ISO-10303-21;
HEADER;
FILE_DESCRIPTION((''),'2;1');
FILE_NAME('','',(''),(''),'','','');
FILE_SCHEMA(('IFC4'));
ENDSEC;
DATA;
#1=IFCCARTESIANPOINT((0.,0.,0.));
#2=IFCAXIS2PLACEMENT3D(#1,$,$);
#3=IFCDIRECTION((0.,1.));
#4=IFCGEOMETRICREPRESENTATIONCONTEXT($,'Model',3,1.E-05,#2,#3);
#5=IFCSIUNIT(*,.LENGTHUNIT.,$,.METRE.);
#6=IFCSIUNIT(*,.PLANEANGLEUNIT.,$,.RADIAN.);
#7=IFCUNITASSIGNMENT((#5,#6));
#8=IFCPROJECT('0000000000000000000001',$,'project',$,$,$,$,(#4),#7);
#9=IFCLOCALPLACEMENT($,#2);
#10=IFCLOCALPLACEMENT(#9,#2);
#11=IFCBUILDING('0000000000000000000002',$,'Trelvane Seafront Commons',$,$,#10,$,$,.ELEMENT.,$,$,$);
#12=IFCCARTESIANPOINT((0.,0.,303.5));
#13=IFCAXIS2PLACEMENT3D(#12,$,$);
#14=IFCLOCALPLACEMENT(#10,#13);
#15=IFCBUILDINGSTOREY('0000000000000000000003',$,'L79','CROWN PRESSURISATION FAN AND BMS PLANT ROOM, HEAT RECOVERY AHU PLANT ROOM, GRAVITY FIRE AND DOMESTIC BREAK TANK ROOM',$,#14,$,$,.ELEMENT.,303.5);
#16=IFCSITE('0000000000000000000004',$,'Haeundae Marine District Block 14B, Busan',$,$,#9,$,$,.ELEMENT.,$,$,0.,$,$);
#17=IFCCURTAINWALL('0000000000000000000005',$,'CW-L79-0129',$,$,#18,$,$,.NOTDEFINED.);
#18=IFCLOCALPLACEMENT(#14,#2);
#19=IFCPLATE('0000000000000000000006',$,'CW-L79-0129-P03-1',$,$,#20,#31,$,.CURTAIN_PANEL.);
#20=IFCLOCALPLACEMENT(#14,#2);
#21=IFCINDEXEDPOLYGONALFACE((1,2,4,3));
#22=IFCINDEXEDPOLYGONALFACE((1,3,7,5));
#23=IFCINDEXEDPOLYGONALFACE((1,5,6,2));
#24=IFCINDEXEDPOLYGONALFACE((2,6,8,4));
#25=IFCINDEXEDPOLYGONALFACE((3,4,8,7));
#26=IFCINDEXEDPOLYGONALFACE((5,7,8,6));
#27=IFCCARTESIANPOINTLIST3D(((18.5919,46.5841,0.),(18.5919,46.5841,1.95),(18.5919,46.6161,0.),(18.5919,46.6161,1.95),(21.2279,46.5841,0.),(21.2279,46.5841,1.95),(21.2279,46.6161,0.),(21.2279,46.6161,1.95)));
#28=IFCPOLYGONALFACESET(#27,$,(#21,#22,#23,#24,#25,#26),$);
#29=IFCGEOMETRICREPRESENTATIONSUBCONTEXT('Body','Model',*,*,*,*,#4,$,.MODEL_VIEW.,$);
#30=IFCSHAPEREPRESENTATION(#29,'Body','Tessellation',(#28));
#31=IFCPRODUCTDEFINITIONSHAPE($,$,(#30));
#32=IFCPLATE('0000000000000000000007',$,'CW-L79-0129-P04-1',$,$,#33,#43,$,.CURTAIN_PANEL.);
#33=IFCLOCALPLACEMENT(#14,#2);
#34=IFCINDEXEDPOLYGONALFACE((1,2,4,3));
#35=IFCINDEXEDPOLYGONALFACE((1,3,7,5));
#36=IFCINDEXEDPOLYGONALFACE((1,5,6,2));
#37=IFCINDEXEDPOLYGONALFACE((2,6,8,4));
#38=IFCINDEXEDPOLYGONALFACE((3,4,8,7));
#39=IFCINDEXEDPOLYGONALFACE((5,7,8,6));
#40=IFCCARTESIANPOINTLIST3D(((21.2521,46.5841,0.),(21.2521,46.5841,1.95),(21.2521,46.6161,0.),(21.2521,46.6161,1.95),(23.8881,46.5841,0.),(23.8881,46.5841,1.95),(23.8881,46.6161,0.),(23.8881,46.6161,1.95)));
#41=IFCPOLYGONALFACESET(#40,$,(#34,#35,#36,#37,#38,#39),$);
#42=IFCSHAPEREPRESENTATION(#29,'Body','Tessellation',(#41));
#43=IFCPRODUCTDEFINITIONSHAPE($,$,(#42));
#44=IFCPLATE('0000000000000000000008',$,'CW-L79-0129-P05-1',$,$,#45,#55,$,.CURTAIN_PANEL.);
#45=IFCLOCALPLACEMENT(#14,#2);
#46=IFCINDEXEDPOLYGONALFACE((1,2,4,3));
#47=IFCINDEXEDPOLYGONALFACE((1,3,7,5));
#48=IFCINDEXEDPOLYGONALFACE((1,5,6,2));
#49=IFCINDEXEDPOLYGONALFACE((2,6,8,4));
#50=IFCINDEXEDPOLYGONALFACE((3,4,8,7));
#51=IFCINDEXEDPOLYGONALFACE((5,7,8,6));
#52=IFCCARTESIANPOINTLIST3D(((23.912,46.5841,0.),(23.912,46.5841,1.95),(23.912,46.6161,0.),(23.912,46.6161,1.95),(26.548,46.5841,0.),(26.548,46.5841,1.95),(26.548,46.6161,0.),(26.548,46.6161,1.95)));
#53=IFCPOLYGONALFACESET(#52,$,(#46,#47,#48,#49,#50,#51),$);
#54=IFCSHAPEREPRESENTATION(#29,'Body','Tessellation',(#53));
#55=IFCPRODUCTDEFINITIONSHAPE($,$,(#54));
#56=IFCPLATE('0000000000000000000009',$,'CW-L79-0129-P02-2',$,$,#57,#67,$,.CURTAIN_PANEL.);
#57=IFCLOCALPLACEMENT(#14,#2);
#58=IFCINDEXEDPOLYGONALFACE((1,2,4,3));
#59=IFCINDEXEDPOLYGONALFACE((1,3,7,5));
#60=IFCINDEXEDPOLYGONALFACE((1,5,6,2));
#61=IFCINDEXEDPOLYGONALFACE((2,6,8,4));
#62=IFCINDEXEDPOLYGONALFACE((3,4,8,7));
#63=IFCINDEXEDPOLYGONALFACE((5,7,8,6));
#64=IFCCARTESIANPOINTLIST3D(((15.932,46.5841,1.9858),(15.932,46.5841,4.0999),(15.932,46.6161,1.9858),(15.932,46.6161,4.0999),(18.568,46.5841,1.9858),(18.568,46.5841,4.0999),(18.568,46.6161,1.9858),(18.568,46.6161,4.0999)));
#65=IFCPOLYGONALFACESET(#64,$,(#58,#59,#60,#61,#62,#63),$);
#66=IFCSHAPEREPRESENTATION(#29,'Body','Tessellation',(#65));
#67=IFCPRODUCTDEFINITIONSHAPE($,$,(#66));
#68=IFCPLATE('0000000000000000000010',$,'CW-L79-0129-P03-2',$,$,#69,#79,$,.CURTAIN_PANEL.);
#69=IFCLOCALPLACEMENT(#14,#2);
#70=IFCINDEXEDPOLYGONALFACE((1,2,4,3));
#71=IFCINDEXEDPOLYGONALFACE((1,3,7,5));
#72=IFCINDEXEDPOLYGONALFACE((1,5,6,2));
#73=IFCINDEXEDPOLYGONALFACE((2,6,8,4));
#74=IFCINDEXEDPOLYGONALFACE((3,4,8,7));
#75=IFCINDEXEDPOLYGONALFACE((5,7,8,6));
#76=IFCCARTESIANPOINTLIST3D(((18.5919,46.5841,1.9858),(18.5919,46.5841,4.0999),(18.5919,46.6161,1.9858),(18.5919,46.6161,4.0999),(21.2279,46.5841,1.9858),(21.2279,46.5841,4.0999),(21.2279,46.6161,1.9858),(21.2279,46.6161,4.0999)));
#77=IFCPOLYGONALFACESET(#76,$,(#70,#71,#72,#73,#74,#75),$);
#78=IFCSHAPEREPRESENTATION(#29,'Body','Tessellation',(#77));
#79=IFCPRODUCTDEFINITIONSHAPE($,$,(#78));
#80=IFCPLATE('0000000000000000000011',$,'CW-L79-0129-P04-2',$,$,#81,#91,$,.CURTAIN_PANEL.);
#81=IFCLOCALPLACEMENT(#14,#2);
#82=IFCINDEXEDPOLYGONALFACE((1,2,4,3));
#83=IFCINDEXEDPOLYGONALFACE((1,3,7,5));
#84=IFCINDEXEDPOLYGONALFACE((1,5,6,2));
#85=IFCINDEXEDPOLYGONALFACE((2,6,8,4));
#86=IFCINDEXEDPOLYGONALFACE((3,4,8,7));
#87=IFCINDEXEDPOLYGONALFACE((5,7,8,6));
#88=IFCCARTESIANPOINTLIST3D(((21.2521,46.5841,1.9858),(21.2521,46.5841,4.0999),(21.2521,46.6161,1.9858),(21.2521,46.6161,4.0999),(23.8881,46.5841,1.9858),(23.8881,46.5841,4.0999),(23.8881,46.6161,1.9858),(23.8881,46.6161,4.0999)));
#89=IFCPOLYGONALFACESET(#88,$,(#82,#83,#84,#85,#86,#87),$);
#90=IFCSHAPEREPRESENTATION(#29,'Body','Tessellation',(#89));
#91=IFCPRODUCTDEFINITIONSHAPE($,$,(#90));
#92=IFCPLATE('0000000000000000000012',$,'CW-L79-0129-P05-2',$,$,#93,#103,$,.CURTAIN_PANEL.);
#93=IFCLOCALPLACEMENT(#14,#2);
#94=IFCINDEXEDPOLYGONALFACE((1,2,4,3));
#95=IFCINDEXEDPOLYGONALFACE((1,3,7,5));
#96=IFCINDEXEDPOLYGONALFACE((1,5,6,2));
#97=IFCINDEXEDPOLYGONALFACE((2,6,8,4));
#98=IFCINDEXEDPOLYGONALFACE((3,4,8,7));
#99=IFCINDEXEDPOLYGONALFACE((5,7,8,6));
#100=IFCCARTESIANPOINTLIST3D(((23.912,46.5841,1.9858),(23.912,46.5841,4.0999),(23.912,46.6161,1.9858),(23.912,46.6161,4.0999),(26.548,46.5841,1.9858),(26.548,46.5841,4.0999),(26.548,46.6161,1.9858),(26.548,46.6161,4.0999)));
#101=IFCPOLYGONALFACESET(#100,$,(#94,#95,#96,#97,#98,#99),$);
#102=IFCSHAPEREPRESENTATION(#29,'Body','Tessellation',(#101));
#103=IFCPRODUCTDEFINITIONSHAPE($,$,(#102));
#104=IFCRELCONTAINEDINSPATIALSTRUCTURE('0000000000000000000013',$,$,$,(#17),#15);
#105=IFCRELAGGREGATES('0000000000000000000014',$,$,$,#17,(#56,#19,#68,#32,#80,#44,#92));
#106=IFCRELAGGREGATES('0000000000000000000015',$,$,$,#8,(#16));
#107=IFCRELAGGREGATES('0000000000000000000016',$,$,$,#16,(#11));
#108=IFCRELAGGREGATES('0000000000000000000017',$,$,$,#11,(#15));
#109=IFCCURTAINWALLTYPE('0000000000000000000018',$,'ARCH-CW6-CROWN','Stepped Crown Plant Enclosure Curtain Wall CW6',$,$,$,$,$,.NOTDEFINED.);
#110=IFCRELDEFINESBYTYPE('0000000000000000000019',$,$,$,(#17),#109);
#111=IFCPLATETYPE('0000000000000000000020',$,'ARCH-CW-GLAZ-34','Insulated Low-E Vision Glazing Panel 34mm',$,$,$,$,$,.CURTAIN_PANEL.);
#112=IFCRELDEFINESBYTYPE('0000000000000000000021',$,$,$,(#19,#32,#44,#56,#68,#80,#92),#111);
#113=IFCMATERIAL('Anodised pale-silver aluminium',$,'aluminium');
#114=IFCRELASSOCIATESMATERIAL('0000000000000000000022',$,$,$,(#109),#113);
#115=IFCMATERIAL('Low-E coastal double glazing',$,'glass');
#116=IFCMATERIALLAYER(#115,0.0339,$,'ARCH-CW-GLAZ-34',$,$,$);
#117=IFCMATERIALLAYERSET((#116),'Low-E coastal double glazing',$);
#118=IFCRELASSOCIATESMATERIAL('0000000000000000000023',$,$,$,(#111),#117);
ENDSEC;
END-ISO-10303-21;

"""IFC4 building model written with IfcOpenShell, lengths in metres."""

from ifc_helpers import new_model, si_unit, direction, frame, origin, origin_2d, place, context, subcontext, project, spatial, rectangle, extrude, source, transform, mapped, material, layer, layer_set, type_object, element, aggregate, save


model = new_model("IFC4")

# Units and contexts
model_context = context("Model", 3, precision=1e-05, world=origin(), true_north=direction((0.0, 1.0)))
body_context = subcontext(model_context, "Body", "Model", "MODEL_VIEW")
ifc_project = project(units=[si_unit("LENGTHUNIT", "METRE"), si_unit("PLANEANGLEUNIT", "RADIAN")], contexts=[model_context])

# Site, building, storey
site_placement = place(None, origin())
site = spatial("IfcSite", under=ifc_project, at=site_placement, Name="Haeundae Marine District Block 14B, Busan", CompositionType="ELEMENT", RefElevation=0.0)
building_placement = place(site_placement, origin())
building = spatial("IfcBuilding", under=site, at=building_placement, Name="Trelvane Seafront Commons", CompositionType="ELEMENT")
storey_placement = place(building_placement, frame((0.0, 0.0, 303.5)))
storey = spatial("IfcBuildingStorey", under=building, at=storey_placement, Name="L79", Description="CROWN PRESSURISATION FAN AND BMS PLANT ROOM, HEAT RECOVERY AHU PLANT ROOM, GRAVITY FIRE AND DOMESTIC BREAK TANK ROOM", CompositionType="ELEMENT", Elevation=303.5)

# Curtain wall, plates
ifc_material_1 = material(Name="Anodised pale-silver aluminium", Category="aluminium")
curtain_wall_type = type_object("IfcCurtainWallType", Name="ARCH-CW6-CROWN", Description="Stepped Crown Plant Enclosure Curtain Wall CW6", PredefinedType="NOTDEFINED", material=ifc_material_1)
curtain_wall_placement = place(storey_placement, origin())
curtain_wall = element("IfcCurtainWall", 1, at=curtain_wall_placement, inside=storey, type_object=curtain_wall_type, Name="CW-L79-0129", PredefinedType="NOTDEFINED")
ifc_material_2 = material(Name="Low-E coastal double glazing", Category="glass")
ifc_layer = layer(ifc_material_2, 0.0339, Name="ARCH-CW-GLAZ-34")
ifc_layer_set = layer_set([ifc_layer], Name="Low-E coastal double glazing")
plate_type = type_object("IfcPlateType", Name="ARCH-CW-GLAZ-34", Description="Insulated Low-E Vision Glazing Panel 34mm", PredefinedType="CURTAIN_PANEL", material=ifc_layer_set)
shared_shape_1 = source(origin(), body_context, "Body", "SweptSolid", [
    extrude(rectangle(XDim=2.636, YDim=0.032, at=origin_2d()), origin(), (0.0, 0.0, 1.0), 1.95),
])
plate_1_placement = place(storey_placement, frame((19.9099, 46.6001, 0.0), z_axis=(0.0, 0.0, 1.0), x_axis=(1.0, 0.0, 0.0)))
plate_1 = element("IfcPlate", 2, at=plate_1_placement, type_object=plate_type, Name="CW-L79-0129-P03-1", PredefinedType="CURTAIN_PANEL", context=body_context, shape_type="MappedRepresentation", body=[
    mapped(shared_shape_1, transform((0.0, 0.0, 0.0), x_axis=(1.0, 0.0, 0.0), y_axis=(0.0, 1.0, 0.0), z_axis=(0.0, 0.0, 1.0), scale=1.0)),
])
plate_2_placement = place(storey_placement, frame((22.5701, 46.6001, 0.0), z_axis=(0.0, 0.0, 1.0), x_axis=(1.0, 0.0, 0.0)))
plate_2 = element("IfcPlate", 3, at=plate_2_placement, type_object=plate_type, Name="CW-L79-0129-P04-1", PredefinedType="CURTAIN_PANEL", context=body_context, shape_type="MappedRepresentation", body=[
    mapped(shared_shape_1, transform((0.0, 0.0, 0.0), x_axis=(1.0, 0.0, 0.0), y_axis=(0.0, 1.0, 0.0), z_axis=(0.0, 0.0, 1.0), scale=1.0)),
])
plate_3_placement = place(storey_placement, frame((25.23, 46.6001, 0.0), z_axis=(0.0, 0.0, 1.0), x_axis=(1.0, 0.0, 0.0)))
plate_3 = element("IfcPlate", 4, at=plate_3_placement, type_object=plate_type, Name="CW-L79-0129-P05-1", PredefinedType="CURTAIN_PANEL", context=body_context, shape_type="MappedRepresentation", body=[
    mapped(shared_shape_1, transform((0.0, 0.0, 0.0), x_axis=(1.0, 0.0, 0.0), y_axis=(0.0, 1.0, 0.0), z_axis=(0.0, 0.0, 1.0), scale=1.0)),
])
shared_shape_2 = source(origin(), body_context, "Body", "SweptSolid", [
    extrude(rectangle(XDim=2.636, YDim=0.032, at=origin_2d()), origin(), (0.0, 0.0, 1.0), 2.114),
])
plate_4_placement = place(storey_placement, frame((17.25, 46.6001, 1.9858), z_axis=(0.0, 0.0, 1.0), x_axis=(1.0, 0.0, 0.0)))
plate_4 = element("IfcPlate", 5, at=plate_4_placement, type_object=plate_type, Name="CW-L79-0129-P02-2", PredefinedType="CURTAIN_PANEL", context=body_context, shape_type="MappedRepresentation", body=[
    mapped(shared_shape_2, transform((0.0, 0.0, 0.0), x_axis=(1.0, 0.0, 0.0), y_axis=(0.0, 1.0, 0.0), z_axis=(0.0, 0.0, 1.0), scale=1.0)),
])
plate_5_placement = place(storey_placement, frame((19.9099, 46.6001, 1.9858), z_axis=(0.0, 0.0, 1.0), x_axis=(1.0, 0.0, 0.0)))
plate_5 = element("IfcPlate", 6, at=plate_5_placement, type_object=plate_type, Name="CW-L79-0129-P03-2", PredefinedType="CURTAIN_PANEL", context=body_context, shape_type="MappedRepresentation", body=[
    mapped(shared_shape_2, transform((0.0, 0.0, 0.0), x_axis=(1.0, 0.0, 0.0), y_axis=(0.0, 1.0, 0.0), z_axis=(0.0, 0.0, 1.0), scale=1.0)),
])
plate_6_placement = place(storey_placement, frame((22.5701, 46.6001, 1.9858), z_axis=(0.0, 0.0, 1.0), x_axis=(1.0, 0.0, 0.0)))
plate_6 = element("IfcPlate", 7, at=plate_6_placement, type_object=plate_type, Name="CW-L79-0129-P04-2", PredefinedType="CURTAIN_PANEL", context=body_context, shape_type="MappedRepresentation", body=[
    mapped(shared_shape_2, transform((0.0, 0.0, 0.0), x_axis=(1.0, 0.0, 0.0), y_axis=(0.0, 1.0, 0.0), z_axis=(0.0, 0.0, 1.0), scale=1.0)),
])
plate_7_placement = place(storey_placement, frame((25.23, 46.6001, 1.9858), z_axis=(0.0, 0.0, 1.0), x_axis=(1.0, 0.0, 0.0)))
plate_7 = element("IfcPlate", 8, at=plate_7_placement, type_object=plate_type, Name="CW-L79-0129-P05-2", PredefinedType="CURTAIN_PANEL", context=body_context, shape_type="MappedRepresentation", body=[
    mapped(shared_shape_2, transform((0.0, 0.0, 0.0), x_axis=(1.0, 0.0, 0.0), y_axis=(0.0, 1.0, 0.0), z_axis=(0.0, 0.0, 1.0), scale=1.0)),
])
aggregate(curtain_wall, [plate_4, plate_1, plate_5, plate_2, plate_6, plate_3, plate_7])

save(model, "model.ifc")
